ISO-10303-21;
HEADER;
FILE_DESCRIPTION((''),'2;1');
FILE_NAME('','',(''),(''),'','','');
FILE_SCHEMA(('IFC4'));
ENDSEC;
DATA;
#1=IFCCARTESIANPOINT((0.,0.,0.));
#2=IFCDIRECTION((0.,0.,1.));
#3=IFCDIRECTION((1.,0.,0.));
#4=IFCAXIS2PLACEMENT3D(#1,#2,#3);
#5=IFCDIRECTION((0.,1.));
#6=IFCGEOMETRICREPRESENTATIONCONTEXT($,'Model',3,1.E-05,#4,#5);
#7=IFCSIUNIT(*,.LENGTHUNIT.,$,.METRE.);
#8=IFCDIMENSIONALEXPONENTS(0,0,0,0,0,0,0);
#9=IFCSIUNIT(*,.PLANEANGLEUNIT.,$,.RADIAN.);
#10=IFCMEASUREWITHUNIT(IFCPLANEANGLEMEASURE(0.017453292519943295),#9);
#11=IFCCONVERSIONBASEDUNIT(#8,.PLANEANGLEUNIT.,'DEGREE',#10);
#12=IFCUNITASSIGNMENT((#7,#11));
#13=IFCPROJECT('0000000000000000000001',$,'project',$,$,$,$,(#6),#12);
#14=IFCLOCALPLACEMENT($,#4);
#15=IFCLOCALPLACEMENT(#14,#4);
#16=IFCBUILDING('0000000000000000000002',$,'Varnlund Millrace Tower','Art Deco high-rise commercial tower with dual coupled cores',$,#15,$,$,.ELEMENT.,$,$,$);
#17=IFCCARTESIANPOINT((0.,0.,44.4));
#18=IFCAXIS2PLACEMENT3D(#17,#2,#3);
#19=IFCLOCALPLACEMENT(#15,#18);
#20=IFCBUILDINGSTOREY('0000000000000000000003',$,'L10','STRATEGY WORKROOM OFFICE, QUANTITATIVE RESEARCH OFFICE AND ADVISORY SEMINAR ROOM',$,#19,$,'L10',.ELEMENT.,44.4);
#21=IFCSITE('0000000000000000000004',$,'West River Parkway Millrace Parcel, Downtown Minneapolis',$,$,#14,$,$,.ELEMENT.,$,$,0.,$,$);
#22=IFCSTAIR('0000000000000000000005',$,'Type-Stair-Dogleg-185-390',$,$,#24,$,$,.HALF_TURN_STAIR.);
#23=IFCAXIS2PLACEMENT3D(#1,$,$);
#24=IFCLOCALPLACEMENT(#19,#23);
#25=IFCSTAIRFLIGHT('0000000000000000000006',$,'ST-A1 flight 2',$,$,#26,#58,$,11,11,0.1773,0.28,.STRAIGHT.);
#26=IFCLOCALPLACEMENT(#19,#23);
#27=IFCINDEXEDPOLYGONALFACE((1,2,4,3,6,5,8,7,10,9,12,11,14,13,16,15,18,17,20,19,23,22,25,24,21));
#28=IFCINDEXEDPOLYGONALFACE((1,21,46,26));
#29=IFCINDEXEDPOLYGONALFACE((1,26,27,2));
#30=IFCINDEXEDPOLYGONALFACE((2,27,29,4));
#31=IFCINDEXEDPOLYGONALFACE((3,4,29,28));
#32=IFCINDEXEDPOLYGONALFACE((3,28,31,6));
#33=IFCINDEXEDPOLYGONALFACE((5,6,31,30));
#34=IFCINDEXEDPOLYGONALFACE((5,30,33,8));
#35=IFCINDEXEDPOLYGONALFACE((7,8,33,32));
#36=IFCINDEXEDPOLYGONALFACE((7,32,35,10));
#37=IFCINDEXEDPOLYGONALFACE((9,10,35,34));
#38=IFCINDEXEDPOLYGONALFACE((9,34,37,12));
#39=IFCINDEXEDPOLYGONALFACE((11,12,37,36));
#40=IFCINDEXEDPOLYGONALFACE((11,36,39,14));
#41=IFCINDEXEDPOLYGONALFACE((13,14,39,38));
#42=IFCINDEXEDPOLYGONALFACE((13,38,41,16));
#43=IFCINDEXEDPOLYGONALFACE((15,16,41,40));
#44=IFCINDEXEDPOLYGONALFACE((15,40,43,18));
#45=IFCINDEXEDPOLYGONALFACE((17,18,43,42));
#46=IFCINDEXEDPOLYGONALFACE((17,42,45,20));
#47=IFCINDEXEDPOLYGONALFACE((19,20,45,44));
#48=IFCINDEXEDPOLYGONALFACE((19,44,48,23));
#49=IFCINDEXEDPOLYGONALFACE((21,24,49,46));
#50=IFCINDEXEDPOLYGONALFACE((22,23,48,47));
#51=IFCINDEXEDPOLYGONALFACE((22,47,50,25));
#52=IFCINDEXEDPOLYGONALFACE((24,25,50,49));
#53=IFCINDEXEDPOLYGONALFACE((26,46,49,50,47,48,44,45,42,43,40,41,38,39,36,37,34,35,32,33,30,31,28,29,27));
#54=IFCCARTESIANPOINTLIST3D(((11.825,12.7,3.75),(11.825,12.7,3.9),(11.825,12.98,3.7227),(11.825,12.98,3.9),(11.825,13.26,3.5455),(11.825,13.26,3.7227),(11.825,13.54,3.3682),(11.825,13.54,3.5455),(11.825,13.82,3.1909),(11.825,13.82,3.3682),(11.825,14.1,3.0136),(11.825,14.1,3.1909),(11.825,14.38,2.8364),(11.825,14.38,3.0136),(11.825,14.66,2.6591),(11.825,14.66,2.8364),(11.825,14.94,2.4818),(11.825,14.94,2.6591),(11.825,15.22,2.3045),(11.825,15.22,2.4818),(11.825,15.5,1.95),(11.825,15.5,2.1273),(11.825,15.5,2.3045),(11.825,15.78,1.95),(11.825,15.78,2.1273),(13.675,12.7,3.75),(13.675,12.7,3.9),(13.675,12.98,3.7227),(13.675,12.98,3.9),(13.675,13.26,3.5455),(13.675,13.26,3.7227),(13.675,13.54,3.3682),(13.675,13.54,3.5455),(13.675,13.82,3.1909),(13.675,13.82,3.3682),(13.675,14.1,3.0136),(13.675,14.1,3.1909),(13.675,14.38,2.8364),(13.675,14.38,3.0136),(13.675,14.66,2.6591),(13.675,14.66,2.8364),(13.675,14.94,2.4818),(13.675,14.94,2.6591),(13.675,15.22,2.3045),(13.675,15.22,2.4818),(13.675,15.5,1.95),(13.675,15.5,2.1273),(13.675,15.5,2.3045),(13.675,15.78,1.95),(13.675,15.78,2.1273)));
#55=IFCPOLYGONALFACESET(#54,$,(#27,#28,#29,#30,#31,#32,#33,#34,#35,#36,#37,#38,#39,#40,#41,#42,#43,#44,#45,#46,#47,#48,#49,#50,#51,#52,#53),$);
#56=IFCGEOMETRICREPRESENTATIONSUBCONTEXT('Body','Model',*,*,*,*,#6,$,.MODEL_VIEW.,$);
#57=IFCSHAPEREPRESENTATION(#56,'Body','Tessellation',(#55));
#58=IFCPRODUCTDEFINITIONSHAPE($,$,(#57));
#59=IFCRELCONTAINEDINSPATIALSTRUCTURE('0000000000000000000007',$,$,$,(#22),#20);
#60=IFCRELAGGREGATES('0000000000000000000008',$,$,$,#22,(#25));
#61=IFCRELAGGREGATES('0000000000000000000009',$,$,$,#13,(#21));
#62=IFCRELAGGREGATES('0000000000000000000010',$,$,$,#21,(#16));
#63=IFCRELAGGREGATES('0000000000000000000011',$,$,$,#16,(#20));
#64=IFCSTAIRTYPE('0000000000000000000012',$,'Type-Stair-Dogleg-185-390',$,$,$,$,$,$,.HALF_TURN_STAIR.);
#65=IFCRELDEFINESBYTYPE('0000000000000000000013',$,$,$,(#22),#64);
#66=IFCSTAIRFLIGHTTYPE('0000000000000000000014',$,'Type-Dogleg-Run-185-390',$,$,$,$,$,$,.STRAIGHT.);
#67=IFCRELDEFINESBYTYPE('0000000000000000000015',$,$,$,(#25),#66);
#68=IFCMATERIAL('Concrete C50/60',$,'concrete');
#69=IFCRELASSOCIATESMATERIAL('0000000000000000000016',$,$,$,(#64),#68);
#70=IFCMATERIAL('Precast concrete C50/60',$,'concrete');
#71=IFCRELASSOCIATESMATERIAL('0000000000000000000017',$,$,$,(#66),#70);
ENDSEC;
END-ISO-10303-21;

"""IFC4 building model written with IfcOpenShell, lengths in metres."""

from ifc_helpers import new_model, entity, si_unit, converted_unit, direction, frame, origin_with_axes, place, context, subcontext, project, spatial, polyline, outline, extrude, material, type_object, element, aggregate, save


model = new_model("IFC4")

# Units and contexts
model_context = context("Model", 3, precision=1e-05, world=origin_with_axes(), true_north=direction((0.0, 1.0)))
body_context = subcontext(model_context, "Body", "Model", "MODEL_VIEW")
ifc_project = project(units=[si_unit("LENGTHUNIT", "METRE"), converted_unit("PLANEANGLEUNIT", "DEGREE", entity("IfcPlaneAngleMeasure", 0.017453292519943295), si_unit("PLANEANGLEUNIT", "RADIAN"), dimensions=[0, 0, 0, 0, 0, 0, 0])], contexts=[model_context])

# Site, building, storey
site_placement = place(None, origin_with_axes())
site = spatial("IfcSite", under=ifc_project, at=site_placement, Name="West River Parkway Millrace Parcel, Downtown Minneapolis", CompositionType="ELEMENT", RefElevation=0.0)
building_placement = place(site_placement, origin_with_axes())
building = spatial("IfcBuilding", under=site, at=building_placement, Name="Varnlund Millrace Tower", Description="Art Deco high-rise commercial tower with dual coupled cores", CompositionType="ELEMENT")
storey_placement = place(building_placement, frame((0.0, 0.0, 44.4), z_axis=(0.0, 0.0, 1.0), x_axis=(1.0, 0.0, 0.0)))
storey = spatial("IfcBuildingStorey", under=building, at=storey_placement, Name="L10", Description="STRATEGY WORKROOM OFFICE, QUANTITATIVE RESEARCH OFFICE AND ADVISORY SEMINAR ROOM", LongName="L10", CompositionType="ELEMENT", Elevation=44.4)

# Stair, stair flight
ifc_material_1 = material(Name="Concrete C50/60", Category="concrete")
stair_type = type_object("IfcStairType", Name="Type-Stair-Dogleg-185-390", PredefinedType="HALF_TURN_STAIR", material=ifc_material_1)
stair_placement = place(storey_placement, origin_with_axes())
stair = element("IfcStair", 1, at=stair_placement, inside=storey, type_object=stair_type, Name="Type-Stair-Dogleg-185-390", PredefinedType="HALF_TURN_STAIR")
ifc_material_2 = material(Name="Precast concrete C50/60", Category="concrete")
stair_flight_type = type_object("IfcStairFlightType", Name="Type-Dogleg-Run-185-390", PredefinedType="STRAIGHT", material=ifc_material_2)
stair_flight_placement = place(storey_placement, frame((13.675, 15.78, 1.95), z_axis=(-1.0, 0.0, 0.0), x_axis=(0.0, -1.0, 0.0)))
stair_flight = element("IfcStairFlight", 2, at=stair_flight_placement, type_object=stair_flight_type, Name="ST-A1 flight 2", NumberOfRisers=11, NumberOfTreads=11, PredefinedType="STRAIGHT", RiserHeight=0.1773, TreadLength=0.28, context=body_context, shape_type="SweptSolid", body=[
    extrude(outline(polyline([(0.0, 0.0), (0.0, 0.1773), (0.28, 0.1773), (0.28, 0.3545), (0.56, 0.3545), (0.56, 0.5318), (0.84, 0.5318), (0.84, 0.7091), (1.12, 0.7091), (1.12, 0.8864), (1.4, 0.8864), (1.4, 1.0636), (1.68, 1.0636), (1.68, 1.2409), (1.96, 1.2409), (1.96, 1.4182), (2.24, 1.4182), (2.24, 1.5955), (2.52, 1.5955), (2.52, 1.7727), (2.8, 1.7727), (2.8, 1.95), (3.08, 1.95), (3.08, 1.8), (0.28, 0.0), (0.0, 0.0)])), origin_with_axes(), (0.0, 0.0, 1.0), 1.85),
])
aggregate(stair, [stair_flight])

save(model, "model.ifc")
